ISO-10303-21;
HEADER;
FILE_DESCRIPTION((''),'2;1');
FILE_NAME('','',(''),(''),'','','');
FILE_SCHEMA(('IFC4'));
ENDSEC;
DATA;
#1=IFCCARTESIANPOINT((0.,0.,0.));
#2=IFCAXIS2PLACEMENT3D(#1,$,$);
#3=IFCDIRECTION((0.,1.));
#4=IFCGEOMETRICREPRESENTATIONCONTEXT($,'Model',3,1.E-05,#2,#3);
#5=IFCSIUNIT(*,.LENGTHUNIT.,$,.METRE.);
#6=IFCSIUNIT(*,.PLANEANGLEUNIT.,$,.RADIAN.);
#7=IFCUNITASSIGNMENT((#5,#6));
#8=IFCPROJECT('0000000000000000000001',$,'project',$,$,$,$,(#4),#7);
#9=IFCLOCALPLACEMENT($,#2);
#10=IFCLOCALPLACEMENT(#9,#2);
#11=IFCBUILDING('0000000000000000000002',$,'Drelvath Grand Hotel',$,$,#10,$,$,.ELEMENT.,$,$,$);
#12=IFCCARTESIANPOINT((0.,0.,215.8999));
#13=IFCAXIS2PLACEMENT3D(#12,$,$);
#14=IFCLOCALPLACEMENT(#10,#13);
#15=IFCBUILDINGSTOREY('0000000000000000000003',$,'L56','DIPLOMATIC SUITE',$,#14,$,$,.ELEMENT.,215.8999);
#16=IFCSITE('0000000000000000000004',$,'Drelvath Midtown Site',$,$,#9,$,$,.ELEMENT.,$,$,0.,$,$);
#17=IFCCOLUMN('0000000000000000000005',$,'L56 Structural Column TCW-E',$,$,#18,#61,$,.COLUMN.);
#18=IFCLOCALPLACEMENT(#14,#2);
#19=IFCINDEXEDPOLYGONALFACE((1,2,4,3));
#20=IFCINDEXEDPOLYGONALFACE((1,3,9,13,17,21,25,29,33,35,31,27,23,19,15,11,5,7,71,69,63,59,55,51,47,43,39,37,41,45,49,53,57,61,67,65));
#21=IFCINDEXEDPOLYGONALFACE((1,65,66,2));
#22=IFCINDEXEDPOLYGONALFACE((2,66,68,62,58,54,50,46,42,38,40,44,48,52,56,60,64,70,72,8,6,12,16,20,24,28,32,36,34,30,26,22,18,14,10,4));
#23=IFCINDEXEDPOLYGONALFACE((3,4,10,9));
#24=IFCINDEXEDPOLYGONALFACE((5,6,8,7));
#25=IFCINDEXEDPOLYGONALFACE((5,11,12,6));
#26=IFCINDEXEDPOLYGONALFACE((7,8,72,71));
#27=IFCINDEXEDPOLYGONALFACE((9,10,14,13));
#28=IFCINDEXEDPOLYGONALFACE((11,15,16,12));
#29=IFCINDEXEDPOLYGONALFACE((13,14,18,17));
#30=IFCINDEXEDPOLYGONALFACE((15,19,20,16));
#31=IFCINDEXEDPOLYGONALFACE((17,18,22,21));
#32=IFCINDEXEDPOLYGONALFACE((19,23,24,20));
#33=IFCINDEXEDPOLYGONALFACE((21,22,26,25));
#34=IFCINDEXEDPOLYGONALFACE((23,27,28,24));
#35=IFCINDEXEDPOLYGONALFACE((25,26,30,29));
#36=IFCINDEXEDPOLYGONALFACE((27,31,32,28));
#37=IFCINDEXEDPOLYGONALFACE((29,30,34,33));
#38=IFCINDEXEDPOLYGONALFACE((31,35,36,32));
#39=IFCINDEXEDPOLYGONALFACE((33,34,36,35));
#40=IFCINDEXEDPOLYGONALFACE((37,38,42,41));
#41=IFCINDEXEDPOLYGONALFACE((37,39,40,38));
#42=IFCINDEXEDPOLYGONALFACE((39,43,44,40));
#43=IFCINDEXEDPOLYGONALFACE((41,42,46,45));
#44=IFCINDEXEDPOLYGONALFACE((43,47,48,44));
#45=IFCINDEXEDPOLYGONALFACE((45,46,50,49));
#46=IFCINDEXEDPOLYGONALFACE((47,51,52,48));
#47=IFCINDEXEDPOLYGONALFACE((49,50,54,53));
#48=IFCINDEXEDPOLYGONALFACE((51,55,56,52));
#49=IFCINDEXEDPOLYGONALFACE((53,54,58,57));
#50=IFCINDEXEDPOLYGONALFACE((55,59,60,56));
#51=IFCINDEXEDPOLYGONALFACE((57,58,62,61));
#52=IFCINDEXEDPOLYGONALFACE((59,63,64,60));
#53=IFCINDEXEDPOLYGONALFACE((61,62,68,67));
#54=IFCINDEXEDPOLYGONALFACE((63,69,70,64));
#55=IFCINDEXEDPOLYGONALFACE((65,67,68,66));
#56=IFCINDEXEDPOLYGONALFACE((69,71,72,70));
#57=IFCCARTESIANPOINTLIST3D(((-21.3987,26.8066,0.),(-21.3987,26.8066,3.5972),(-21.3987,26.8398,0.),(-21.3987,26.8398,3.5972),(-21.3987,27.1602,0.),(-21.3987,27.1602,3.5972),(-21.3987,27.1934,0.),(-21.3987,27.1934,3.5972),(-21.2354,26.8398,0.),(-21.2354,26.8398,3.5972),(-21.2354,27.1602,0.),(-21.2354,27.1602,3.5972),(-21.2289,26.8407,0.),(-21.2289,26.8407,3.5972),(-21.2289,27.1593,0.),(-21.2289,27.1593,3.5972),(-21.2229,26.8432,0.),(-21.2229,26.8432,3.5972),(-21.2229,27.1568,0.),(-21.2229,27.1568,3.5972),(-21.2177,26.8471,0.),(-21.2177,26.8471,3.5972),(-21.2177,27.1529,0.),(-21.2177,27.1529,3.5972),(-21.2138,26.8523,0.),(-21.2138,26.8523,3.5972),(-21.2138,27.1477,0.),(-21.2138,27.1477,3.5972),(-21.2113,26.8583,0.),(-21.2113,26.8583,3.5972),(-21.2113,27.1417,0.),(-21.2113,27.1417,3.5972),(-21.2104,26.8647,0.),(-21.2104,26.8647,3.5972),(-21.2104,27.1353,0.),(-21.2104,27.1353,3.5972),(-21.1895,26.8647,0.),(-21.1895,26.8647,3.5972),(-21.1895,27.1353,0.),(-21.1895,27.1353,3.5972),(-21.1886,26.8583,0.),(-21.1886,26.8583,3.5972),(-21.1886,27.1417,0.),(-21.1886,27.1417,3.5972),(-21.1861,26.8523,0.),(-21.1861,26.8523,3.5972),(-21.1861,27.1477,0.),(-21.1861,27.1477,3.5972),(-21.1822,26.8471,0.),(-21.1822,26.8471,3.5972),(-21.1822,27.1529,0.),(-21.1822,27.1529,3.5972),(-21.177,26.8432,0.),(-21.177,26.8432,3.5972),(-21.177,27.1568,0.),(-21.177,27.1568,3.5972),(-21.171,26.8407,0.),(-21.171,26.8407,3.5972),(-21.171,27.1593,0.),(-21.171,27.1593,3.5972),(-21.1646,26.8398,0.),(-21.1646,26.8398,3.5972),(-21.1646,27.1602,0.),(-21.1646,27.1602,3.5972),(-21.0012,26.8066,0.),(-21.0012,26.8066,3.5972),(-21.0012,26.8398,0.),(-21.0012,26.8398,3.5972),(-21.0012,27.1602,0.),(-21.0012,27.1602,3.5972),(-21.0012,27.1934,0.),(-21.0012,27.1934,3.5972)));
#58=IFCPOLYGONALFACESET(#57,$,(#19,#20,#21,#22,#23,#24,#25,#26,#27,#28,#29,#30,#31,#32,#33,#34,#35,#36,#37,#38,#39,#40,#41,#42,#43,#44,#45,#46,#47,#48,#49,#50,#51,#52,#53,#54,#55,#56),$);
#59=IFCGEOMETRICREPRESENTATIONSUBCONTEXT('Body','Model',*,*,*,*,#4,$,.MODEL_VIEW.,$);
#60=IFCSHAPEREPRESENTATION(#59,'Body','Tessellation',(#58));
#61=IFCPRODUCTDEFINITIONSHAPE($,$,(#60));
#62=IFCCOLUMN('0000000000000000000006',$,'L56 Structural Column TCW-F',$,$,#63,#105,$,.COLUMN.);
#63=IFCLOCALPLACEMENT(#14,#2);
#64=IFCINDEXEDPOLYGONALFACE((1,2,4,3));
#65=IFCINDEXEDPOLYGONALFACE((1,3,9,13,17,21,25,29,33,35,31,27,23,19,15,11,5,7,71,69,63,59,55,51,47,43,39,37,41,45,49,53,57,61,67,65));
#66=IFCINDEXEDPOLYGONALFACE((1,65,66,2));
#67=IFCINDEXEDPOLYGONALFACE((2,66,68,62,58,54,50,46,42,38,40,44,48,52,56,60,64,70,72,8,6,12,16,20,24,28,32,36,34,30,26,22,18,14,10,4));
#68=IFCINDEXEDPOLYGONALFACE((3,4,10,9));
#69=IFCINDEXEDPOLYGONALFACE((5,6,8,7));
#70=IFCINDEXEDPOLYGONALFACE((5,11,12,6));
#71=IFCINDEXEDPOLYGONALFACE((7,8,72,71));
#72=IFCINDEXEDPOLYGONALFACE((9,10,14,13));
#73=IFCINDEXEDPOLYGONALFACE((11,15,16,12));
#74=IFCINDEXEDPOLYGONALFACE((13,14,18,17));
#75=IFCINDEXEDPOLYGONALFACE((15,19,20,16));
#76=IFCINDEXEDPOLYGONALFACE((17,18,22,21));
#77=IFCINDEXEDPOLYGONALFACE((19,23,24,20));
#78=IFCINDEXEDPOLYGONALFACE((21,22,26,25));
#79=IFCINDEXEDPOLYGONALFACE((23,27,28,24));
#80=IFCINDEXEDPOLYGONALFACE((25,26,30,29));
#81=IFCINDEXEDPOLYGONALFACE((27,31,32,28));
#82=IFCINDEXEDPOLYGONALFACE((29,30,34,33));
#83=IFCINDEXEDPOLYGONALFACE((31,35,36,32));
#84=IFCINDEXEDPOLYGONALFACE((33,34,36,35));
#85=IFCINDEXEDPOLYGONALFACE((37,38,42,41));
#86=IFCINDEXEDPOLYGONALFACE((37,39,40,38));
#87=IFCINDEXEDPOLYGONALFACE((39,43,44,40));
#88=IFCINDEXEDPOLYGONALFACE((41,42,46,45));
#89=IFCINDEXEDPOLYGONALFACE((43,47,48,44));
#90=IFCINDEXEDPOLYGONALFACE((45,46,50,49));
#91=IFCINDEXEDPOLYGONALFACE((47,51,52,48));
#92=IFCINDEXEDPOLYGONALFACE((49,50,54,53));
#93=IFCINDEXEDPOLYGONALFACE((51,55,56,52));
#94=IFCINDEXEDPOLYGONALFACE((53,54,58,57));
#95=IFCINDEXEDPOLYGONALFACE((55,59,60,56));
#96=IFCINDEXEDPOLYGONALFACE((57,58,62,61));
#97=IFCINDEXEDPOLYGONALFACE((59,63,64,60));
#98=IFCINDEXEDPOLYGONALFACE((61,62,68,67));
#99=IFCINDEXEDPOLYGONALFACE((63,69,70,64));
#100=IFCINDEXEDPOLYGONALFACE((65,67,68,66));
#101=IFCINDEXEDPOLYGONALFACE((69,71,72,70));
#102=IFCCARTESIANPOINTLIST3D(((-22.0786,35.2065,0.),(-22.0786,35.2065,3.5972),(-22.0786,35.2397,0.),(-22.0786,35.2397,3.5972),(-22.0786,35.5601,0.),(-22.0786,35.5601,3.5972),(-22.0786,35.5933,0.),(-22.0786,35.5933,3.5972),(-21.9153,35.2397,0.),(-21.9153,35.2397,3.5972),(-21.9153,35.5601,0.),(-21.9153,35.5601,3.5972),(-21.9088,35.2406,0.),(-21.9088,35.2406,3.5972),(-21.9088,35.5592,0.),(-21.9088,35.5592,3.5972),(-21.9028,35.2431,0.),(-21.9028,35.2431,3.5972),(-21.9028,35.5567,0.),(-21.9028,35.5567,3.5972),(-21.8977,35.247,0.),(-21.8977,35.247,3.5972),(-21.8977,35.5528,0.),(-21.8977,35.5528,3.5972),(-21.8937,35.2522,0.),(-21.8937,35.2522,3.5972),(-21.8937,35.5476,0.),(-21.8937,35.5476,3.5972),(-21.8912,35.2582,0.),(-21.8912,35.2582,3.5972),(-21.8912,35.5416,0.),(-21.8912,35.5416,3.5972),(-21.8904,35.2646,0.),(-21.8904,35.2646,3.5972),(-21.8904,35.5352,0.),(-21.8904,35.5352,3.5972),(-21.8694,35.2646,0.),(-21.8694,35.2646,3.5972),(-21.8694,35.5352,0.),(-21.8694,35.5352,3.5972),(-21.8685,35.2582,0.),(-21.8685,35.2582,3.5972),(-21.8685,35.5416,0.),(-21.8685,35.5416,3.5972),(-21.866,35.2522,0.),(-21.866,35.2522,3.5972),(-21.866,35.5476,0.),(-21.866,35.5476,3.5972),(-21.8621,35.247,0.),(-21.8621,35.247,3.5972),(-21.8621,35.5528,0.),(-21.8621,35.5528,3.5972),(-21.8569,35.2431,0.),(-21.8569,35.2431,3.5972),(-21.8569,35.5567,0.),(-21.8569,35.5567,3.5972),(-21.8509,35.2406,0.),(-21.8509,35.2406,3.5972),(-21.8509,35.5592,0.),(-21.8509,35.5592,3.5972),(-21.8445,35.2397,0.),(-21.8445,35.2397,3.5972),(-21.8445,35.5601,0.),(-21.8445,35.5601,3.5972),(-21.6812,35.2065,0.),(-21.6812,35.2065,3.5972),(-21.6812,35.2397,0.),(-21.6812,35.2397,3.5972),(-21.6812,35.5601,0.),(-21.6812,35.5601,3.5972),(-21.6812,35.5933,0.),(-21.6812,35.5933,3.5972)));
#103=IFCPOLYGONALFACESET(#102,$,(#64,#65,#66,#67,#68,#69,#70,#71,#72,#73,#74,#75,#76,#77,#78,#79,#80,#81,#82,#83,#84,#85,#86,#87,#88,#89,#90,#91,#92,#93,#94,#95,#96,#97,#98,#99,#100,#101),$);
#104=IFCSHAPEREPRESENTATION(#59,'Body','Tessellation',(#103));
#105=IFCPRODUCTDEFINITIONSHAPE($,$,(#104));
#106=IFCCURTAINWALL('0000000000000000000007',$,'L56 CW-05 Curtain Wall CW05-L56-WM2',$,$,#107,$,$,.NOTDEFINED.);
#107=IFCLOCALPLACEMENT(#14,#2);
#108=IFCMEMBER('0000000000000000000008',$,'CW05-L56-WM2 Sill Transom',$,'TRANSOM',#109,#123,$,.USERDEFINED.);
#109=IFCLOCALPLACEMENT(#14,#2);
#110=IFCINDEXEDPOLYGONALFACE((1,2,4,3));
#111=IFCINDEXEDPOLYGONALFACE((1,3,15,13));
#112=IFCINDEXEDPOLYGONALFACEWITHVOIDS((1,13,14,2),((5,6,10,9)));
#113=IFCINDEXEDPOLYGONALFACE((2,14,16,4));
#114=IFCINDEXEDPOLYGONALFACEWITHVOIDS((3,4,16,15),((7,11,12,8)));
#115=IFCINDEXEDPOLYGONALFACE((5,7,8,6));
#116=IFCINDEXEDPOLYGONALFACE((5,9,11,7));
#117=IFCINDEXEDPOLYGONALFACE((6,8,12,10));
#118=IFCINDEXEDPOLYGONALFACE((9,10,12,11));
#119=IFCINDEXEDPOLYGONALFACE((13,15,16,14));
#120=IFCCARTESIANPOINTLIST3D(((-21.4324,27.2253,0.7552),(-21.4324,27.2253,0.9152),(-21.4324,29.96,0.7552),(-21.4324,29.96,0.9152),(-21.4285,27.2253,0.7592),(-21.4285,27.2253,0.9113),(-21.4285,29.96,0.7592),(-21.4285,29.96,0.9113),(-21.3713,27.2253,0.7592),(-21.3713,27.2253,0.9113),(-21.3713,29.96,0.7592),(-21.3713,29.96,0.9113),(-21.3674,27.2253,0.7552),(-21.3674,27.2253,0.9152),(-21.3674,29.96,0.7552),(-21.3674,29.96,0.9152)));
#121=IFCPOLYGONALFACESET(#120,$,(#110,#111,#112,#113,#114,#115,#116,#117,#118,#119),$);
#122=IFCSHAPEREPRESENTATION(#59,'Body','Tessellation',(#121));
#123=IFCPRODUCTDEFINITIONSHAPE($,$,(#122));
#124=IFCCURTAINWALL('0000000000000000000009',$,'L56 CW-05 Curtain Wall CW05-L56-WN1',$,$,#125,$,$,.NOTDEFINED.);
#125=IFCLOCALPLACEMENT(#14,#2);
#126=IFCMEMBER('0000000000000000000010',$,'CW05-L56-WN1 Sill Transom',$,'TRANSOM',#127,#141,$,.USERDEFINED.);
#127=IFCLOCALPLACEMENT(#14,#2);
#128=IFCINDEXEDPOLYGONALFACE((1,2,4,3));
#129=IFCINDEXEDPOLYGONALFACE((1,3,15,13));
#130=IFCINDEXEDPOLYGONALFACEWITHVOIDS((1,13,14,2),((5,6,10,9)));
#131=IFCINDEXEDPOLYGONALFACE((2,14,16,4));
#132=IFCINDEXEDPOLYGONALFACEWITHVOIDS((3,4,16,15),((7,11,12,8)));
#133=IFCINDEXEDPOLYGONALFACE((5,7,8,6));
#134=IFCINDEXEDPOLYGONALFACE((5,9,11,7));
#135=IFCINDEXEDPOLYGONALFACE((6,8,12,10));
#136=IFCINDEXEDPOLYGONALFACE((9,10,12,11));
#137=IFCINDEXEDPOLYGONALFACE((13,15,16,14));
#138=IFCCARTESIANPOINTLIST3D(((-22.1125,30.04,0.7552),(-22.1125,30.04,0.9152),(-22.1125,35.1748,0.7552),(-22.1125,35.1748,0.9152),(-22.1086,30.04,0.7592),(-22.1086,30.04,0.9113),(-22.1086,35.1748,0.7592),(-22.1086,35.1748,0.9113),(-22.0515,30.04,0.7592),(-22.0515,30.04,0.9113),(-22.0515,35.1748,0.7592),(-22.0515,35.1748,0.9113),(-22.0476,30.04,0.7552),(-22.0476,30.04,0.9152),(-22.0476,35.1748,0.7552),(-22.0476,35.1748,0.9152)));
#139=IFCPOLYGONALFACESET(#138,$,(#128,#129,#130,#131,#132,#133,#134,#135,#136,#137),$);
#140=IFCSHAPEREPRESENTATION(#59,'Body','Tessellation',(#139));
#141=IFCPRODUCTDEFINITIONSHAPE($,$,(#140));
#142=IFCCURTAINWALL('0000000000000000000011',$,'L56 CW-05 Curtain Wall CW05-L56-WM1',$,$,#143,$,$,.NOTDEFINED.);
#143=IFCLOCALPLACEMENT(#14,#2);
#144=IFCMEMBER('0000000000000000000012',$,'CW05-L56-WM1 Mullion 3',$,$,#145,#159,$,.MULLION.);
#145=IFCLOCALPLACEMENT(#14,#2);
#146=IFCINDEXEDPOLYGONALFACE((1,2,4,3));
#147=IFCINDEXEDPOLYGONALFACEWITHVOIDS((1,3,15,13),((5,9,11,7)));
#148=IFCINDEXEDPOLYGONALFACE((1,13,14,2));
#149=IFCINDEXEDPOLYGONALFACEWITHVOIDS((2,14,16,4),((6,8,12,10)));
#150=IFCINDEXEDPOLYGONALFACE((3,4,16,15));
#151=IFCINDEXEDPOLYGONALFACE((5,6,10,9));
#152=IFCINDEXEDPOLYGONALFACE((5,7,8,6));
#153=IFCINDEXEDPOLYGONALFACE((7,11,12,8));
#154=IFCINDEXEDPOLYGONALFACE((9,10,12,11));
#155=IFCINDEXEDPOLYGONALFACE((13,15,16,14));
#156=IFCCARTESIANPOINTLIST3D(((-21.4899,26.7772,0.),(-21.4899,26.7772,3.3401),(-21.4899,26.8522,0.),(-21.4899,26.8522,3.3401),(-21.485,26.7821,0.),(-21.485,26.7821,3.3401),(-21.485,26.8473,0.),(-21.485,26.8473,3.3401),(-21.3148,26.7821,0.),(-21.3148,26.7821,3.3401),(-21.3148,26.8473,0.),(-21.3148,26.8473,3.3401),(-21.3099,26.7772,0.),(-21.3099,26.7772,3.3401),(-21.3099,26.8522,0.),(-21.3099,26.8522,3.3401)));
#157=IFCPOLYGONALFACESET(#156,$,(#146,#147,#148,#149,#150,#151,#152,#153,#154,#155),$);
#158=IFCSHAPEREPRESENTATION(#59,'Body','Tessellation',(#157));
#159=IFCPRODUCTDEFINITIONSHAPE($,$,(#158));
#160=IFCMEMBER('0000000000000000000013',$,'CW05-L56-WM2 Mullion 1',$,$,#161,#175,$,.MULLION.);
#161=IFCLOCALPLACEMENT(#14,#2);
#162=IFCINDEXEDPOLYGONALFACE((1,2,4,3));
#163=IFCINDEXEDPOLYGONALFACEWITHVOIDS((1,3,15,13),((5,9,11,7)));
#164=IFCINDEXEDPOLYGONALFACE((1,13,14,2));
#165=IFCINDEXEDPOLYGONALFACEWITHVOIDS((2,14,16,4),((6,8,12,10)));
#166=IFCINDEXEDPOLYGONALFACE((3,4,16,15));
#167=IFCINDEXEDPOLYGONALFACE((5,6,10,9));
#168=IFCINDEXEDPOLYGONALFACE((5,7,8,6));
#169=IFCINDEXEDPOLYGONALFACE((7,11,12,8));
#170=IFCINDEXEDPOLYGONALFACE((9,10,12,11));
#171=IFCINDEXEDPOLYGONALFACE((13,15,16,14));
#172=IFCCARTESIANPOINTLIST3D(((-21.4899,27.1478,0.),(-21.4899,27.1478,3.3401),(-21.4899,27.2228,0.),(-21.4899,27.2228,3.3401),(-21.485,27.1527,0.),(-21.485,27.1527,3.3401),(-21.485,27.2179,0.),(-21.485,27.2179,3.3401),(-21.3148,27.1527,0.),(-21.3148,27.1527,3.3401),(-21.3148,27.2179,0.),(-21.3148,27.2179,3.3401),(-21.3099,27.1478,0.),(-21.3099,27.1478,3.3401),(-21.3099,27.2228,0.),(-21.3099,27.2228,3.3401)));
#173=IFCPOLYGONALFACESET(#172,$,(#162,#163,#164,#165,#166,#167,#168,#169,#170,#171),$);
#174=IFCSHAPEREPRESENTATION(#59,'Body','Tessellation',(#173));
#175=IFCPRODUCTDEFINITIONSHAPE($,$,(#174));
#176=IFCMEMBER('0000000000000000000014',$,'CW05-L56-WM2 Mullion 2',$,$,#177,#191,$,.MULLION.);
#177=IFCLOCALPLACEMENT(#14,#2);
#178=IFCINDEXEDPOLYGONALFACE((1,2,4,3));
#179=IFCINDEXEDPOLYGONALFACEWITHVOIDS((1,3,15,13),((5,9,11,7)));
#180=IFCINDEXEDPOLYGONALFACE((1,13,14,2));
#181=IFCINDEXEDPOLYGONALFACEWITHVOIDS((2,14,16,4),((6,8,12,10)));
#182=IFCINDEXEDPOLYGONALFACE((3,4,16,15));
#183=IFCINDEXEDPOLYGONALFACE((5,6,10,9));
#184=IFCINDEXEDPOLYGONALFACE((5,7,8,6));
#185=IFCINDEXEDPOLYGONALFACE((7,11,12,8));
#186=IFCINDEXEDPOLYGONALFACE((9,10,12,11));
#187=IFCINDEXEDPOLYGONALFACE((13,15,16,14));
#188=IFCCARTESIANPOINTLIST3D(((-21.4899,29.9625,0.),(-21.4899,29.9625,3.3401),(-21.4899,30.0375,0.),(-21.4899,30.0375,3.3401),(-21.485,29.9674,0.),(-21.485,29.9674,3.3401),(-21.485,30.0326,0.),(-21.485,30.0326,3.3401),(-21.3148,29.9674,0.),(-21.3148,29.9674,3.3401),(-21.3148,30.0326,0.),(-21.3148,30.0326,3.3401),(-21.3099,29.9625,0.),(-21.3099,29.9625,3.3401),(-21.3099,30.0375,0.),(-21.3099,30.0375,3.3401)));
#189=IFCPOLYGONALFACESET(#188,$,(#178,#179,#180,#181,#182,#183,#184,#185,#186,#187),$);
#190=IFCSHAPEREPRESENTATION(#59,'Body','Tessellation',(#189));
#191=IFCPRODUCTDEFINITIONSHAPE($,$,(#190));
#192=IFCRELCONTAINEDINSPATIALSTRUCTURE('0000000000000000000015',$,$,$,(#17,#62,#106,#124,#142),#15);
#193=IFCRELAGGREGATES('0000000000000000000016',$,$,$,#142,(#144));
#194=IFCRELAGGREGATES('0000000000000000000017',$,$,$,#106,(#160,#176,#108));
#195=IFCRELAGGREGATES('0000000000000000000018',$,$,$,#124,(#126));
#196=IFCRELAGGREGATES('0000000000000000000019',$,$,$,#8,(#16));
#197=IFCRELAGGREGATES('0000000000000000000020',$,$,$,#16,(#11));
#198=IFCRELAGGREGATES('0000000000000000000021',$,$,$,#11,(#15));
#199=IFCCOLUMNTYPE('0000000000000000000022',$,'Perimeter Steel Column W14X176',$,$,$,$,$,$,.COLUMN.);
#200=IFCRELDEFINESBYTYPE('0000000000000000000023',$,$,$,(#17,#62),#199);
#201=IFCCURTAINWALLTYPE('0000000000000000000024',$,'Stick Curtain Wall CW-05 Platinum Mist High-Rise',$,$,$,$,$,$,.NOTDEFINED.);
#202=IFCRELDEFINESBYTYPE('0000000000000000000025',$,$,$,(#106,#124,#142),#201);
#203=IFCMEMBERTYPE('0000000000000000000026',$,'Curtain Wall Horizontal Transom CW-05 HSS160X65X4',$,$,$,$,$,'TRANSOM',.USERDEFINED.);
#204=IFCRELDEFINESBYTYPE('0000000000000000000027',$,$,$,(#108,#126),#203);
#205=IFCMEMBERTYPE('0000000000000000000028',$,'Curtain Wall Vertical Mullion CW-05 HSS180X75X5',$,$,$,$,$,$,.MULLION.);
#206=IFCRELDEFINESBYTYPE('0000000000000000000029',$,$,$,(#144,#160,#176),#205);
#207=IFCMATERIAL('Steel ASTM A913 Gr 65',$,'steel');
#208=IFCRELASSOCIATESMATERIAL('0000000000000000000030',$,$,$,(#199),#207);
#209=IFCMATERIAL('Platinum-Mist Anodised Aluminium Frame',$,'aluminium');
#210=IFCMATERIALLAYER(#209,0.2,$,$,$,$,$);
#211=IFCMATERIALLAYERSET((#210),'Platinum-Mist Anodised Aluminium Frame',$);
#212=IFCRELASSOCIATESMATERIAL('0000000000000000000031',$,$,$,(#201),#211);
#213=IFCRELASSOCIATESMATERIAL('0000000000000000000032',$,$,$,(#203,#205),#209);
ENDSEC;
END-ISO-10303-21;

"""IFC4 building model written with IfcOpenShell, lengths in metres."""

from ifc_helpers import new_model, si_unit, direction, frame, origin, origin_2d, place, context, subcontext, project, spatial, hollow_rectangle, i_section, extrude, material, layer, layer_set, material_profile, profile_set, type_object, element, aggregate, save


model = new_model("IFC4")

# Units and contexts
model_context = context("Model", 3, precision=1e-05, world=origin(), true_north=direction((0.0, 1.0)))
body_context = subcontext(model_context, "Body", "Model", "MODEL_VIEW")
ifc_project = project(units=[si_unit("LENGTHUNIT", "METRE"), si_unit("PLANEANGLEUNIT", "RADIAN")], contexts=[model_context])

# Site, building, storey
site_placement = place(None, origin())
site = spatial("IfcSite", under=ifc_project, at=site_placement, Name="Drelvath Midtown Site", CompositionType="ELEMENT", RefElevation=0.0)
building_placement = place(site_placement, origin())
building = spatial("IfcBuilding", under=site, at=building_placement, Name="Drelvath Grand Hotel", CompositionType="ELEMENT")
storey_placement = place(building_placement, frame((0.0, 0.0, 215.8999)))
storey = spatial("IfcBuildingStorey", under=building, at=storey_placement, Name="L56", Description="DIPLOMATIC SUITE", CompositionType="ELEMENT", Elevation=215.8999)

# Columns
ifc_material_1 = material(Name="Steel ASTM A913 Gr 65", Category="steel")
ifc_material_profile_1 = material_profile(ifc_material_1, i_section(OverallWidth=0.3975, OverallDepth=0.3867, WebThickness=0.021, FlangeThickness=0.0332, FilletRadius=0.0249, at=origin_2d()), Name="W14X176")
ifc_profile_set_1 = profile_set([ifc_material_profile_1], Name="Steel ASTM A913 Gr 65")
column_type = type_object("IfcColumnType", Name="Perimeter Steel Column W14X176", PredefinedType="COLUMN", material=ifc_profile_set_1)
for number, where, z_axis, x_axis, name in (
    (1, (-21.2, 27.0, 0.0), (0.0, 0.0, 1.0), (1.0, 0.0, 0.0), "L56 Structural Column TCW-E"),
    (2, (-21.8799, 35.3999, 0.0), (0.0, 0.0, 1.0), (1.0, 0.0, 0.0), "L56 Structural Column TCW-F"),
):
    element("IfcColumn", number, at=place(storey_placement, frame(where, z_axis=z_axis, x_axis=x_axis)), inside=storey, type_object=column_type, Name=name, PredefinedType="COLUMN", context=body_context, shape_type="SweptSolid", body=[
        extrude(i_section(OverallWidth=0.3975, OverallDepth=0.3867, WebThickness=0.021, FlangeThickness=0.0332, FilletRadius=0.0249, at=origin_2d()), origin(), (0.0, 0.0, 1.0), 3.5972),
    ])

# Curtain walls, members
ifc_material_2 = material(Name="Platinum-Mist Anodised Aluminium Frame", Category="aluminium")
ifc_layer_1 = layer(ifc_material_2, 0.2)
ifc_layer_set_1 = layer_set([ifc_layer_1], Name="Platinum-Mist Anodised Aluminium Frame")
curtain_wall_type = type_object("IfcCurtainWallType", Name="Stick Curtain Wall CW-05 Platinum Mist High-Rise", PredefinedType="NOTDEFINED", material=ifc_layer_set_1)
curtain_wall_1_placement = place(storey_placement, origin())
curtain_wall_1 = element("IfcCurtainWall", 3, at=curtain_wall_1_placement, inside=storey, type_object=curtain_wall_type, Name="L56 CW-05 Curtain Wall CW05-L56-WM2", PredefinedType="NOTDEFINED")
ifc_material_profile_2 = material_profile(ifc_material_2, hollow_rectangle(XDim=0.0649, YDim=0.1599, WallThickness=0.0039, at=origin_2d()), Name="HSS160X65X4")
ifc_profile_set_2 = profile_set([ifc_material_profile_2], Name="Platinum-Mist Anodised Aluminium Frame")
member_type_1 = type_object("IfcMemberType", Name="Curtain Wall Horizontal Transom CW-05 HSS160X65X4", ElementType="TRANSOM", PredefinedType="USERDEFINED", material=ifc_profile_set_2)
member_1_placement = place(storey_placement, frame((-21.3999, 27.2253, 0.8352), z_axis=(0.0, 1.0, 0.0), x_axis=(-1.0, 0.0, 0.0)))
member_1 = element("IfcMember", 4, at=member_1_placement, type_object=member_type_1, Name="CW05-L56-WM2 Sill Transom", ObjectType="TRANSOM", PredefinedType="USERDEFINED", context=body_context, shape_type="SweptSolid", body=[
    extrude(hollow_rectangle(XDim=0.0649, YDim=0.1599, WallThickness=0.0039, at=origin_2d()), origin(), (0.0, 0.0, 1.0), 2.7346),
])
curtain_wall_2_placement = place(storey_placement, origin())
curtain_wall_2 = element("IfcCurtainWall", 5, at=curtain_wall_2_placement, inside=storey, type_object=curtain_wall_type, Name="L56 CW-05 Curtain Wall CW05-L56-WN1", PredefinedType="NOTDEFINED")
member_2_placement = place(storey_placement, frame((-22.0801, 30.04, 0.8352), z_axis=(0.0, 1.0, 0.0), x_axis=(-1.0, 0.0, 0.0)))
member_2 = element("IfcMember", 6, at=member_2_placement, type_object=member_type_1, Name="CW05-L56-WN1 Sill Transom", ObjectType="TRANSOM", PredefinedType="USERDEFINED", context=body_context, shape_type="SweptSolid", body=[
    extrude(hollow_rectangle(XDim=0.0649, YDim=0.1599, WallThickness=0.0039, at=origin_2d()), origin(), (0.0, 0.0, 1.0), 5.1348),
])
curtain_wall_3_placement = place(storey_placement, origin())
curtain_wall_3 = element("IfcCurtainWall", 7, at=curtain_wall_3_placement, inside=storey, type_object=curtain_wall_type, Name="L56 CW-05 Curtain Wall CW05-L56-WM1", PredefinedType="NOTDEFINED")
ifc_material_profile_3 = material_profile(ifc_material_2, hollow_rectangle(XDim=0.075, YDim=0.1799, WallThickness=0.0049, at=origin_2d()), Name="HSS180X75X5")
ifc_profile_set_3 = profile_set([ifc_material_profile_3], Name="Platinum-Mist Anodised Aluminium Frame")
member_type_2 = type_object("IfcMemberType", Name="Curtain Wall Vertical Mullion CW-05 HSS180X75X5", PredefinedType="MULLION", material=ifc_profile_set_3)
member_3_placement = place(storey_placement, frame((-21.3999, 26.8147, 0.0), z_axis=(0.0, 0.0, 1.0), x_axis=(0.0, 1.0, 0.0)))
member_3 = element("IfcMember", 8, at=member_3_placement, type_object=member_type_2, Name="CW05-L56-WM1 Mullion 3", PredefinedType="MULLION", context=body_context, shape_type="SweptSolid", body=[
    extrude(hollow_rectangle(XDim=0.075, YDim=0.1799, WallThickness=0.0049, at=origin_2d()), origin(), (0.0, 0.0, 1.0), 3.3401),
])
aggregate(curtain_wall_3, [member_3])

# Members
member_4_placement = place(storey_placement, frame((-21.3999, 27.1853, 0.0), z_axis=(0.0, 0.0, 1.0), x_axis=(0.0, 1.0, 0.0)))
member_4 = element("IfcMember", 9, at=member_4_placement, type_object=member_type_2, Name="CW05-L56-WM2 Mullion 1", PredefinedType="MULLION", context=body_context, shape_type="SweptSolid", body=[
    extrude(hollow_rectangle(XDim=0.075, YDim=0.1799, WallThickness=0.0049, at=origin_2d()), origin(), (0.0, 0.0, 1.0), 3.3401),
])
member_5_placement = place(storey_placement, frame((-21.3999, 30.0, 0.0), z_axis=(0.0, 0.0, 1.0), x_axis=(0.0, 1.0, 0.0)))
member_5 = element("IfcMember", 10, at=member_5_placement, type_object=member_type_2, Name="CW05-L56-WM2 Mullion 2", PredefinedType="MULLION", context=body_context, shape_type="SweptSolid", body=[
    extrude(hollow_rectangle(XDim=0.075, YDim=0.1799, WallThickness=0.0049, at=origin_2d()), origin(), (0.0, 0.0, 1.0), 3.3401),
])

aggregate(curtain_wall_1, [member_4, member_5, member_1])
aggregate(curtain_wall_2, [member_2])

save(model, "model.ifc")
